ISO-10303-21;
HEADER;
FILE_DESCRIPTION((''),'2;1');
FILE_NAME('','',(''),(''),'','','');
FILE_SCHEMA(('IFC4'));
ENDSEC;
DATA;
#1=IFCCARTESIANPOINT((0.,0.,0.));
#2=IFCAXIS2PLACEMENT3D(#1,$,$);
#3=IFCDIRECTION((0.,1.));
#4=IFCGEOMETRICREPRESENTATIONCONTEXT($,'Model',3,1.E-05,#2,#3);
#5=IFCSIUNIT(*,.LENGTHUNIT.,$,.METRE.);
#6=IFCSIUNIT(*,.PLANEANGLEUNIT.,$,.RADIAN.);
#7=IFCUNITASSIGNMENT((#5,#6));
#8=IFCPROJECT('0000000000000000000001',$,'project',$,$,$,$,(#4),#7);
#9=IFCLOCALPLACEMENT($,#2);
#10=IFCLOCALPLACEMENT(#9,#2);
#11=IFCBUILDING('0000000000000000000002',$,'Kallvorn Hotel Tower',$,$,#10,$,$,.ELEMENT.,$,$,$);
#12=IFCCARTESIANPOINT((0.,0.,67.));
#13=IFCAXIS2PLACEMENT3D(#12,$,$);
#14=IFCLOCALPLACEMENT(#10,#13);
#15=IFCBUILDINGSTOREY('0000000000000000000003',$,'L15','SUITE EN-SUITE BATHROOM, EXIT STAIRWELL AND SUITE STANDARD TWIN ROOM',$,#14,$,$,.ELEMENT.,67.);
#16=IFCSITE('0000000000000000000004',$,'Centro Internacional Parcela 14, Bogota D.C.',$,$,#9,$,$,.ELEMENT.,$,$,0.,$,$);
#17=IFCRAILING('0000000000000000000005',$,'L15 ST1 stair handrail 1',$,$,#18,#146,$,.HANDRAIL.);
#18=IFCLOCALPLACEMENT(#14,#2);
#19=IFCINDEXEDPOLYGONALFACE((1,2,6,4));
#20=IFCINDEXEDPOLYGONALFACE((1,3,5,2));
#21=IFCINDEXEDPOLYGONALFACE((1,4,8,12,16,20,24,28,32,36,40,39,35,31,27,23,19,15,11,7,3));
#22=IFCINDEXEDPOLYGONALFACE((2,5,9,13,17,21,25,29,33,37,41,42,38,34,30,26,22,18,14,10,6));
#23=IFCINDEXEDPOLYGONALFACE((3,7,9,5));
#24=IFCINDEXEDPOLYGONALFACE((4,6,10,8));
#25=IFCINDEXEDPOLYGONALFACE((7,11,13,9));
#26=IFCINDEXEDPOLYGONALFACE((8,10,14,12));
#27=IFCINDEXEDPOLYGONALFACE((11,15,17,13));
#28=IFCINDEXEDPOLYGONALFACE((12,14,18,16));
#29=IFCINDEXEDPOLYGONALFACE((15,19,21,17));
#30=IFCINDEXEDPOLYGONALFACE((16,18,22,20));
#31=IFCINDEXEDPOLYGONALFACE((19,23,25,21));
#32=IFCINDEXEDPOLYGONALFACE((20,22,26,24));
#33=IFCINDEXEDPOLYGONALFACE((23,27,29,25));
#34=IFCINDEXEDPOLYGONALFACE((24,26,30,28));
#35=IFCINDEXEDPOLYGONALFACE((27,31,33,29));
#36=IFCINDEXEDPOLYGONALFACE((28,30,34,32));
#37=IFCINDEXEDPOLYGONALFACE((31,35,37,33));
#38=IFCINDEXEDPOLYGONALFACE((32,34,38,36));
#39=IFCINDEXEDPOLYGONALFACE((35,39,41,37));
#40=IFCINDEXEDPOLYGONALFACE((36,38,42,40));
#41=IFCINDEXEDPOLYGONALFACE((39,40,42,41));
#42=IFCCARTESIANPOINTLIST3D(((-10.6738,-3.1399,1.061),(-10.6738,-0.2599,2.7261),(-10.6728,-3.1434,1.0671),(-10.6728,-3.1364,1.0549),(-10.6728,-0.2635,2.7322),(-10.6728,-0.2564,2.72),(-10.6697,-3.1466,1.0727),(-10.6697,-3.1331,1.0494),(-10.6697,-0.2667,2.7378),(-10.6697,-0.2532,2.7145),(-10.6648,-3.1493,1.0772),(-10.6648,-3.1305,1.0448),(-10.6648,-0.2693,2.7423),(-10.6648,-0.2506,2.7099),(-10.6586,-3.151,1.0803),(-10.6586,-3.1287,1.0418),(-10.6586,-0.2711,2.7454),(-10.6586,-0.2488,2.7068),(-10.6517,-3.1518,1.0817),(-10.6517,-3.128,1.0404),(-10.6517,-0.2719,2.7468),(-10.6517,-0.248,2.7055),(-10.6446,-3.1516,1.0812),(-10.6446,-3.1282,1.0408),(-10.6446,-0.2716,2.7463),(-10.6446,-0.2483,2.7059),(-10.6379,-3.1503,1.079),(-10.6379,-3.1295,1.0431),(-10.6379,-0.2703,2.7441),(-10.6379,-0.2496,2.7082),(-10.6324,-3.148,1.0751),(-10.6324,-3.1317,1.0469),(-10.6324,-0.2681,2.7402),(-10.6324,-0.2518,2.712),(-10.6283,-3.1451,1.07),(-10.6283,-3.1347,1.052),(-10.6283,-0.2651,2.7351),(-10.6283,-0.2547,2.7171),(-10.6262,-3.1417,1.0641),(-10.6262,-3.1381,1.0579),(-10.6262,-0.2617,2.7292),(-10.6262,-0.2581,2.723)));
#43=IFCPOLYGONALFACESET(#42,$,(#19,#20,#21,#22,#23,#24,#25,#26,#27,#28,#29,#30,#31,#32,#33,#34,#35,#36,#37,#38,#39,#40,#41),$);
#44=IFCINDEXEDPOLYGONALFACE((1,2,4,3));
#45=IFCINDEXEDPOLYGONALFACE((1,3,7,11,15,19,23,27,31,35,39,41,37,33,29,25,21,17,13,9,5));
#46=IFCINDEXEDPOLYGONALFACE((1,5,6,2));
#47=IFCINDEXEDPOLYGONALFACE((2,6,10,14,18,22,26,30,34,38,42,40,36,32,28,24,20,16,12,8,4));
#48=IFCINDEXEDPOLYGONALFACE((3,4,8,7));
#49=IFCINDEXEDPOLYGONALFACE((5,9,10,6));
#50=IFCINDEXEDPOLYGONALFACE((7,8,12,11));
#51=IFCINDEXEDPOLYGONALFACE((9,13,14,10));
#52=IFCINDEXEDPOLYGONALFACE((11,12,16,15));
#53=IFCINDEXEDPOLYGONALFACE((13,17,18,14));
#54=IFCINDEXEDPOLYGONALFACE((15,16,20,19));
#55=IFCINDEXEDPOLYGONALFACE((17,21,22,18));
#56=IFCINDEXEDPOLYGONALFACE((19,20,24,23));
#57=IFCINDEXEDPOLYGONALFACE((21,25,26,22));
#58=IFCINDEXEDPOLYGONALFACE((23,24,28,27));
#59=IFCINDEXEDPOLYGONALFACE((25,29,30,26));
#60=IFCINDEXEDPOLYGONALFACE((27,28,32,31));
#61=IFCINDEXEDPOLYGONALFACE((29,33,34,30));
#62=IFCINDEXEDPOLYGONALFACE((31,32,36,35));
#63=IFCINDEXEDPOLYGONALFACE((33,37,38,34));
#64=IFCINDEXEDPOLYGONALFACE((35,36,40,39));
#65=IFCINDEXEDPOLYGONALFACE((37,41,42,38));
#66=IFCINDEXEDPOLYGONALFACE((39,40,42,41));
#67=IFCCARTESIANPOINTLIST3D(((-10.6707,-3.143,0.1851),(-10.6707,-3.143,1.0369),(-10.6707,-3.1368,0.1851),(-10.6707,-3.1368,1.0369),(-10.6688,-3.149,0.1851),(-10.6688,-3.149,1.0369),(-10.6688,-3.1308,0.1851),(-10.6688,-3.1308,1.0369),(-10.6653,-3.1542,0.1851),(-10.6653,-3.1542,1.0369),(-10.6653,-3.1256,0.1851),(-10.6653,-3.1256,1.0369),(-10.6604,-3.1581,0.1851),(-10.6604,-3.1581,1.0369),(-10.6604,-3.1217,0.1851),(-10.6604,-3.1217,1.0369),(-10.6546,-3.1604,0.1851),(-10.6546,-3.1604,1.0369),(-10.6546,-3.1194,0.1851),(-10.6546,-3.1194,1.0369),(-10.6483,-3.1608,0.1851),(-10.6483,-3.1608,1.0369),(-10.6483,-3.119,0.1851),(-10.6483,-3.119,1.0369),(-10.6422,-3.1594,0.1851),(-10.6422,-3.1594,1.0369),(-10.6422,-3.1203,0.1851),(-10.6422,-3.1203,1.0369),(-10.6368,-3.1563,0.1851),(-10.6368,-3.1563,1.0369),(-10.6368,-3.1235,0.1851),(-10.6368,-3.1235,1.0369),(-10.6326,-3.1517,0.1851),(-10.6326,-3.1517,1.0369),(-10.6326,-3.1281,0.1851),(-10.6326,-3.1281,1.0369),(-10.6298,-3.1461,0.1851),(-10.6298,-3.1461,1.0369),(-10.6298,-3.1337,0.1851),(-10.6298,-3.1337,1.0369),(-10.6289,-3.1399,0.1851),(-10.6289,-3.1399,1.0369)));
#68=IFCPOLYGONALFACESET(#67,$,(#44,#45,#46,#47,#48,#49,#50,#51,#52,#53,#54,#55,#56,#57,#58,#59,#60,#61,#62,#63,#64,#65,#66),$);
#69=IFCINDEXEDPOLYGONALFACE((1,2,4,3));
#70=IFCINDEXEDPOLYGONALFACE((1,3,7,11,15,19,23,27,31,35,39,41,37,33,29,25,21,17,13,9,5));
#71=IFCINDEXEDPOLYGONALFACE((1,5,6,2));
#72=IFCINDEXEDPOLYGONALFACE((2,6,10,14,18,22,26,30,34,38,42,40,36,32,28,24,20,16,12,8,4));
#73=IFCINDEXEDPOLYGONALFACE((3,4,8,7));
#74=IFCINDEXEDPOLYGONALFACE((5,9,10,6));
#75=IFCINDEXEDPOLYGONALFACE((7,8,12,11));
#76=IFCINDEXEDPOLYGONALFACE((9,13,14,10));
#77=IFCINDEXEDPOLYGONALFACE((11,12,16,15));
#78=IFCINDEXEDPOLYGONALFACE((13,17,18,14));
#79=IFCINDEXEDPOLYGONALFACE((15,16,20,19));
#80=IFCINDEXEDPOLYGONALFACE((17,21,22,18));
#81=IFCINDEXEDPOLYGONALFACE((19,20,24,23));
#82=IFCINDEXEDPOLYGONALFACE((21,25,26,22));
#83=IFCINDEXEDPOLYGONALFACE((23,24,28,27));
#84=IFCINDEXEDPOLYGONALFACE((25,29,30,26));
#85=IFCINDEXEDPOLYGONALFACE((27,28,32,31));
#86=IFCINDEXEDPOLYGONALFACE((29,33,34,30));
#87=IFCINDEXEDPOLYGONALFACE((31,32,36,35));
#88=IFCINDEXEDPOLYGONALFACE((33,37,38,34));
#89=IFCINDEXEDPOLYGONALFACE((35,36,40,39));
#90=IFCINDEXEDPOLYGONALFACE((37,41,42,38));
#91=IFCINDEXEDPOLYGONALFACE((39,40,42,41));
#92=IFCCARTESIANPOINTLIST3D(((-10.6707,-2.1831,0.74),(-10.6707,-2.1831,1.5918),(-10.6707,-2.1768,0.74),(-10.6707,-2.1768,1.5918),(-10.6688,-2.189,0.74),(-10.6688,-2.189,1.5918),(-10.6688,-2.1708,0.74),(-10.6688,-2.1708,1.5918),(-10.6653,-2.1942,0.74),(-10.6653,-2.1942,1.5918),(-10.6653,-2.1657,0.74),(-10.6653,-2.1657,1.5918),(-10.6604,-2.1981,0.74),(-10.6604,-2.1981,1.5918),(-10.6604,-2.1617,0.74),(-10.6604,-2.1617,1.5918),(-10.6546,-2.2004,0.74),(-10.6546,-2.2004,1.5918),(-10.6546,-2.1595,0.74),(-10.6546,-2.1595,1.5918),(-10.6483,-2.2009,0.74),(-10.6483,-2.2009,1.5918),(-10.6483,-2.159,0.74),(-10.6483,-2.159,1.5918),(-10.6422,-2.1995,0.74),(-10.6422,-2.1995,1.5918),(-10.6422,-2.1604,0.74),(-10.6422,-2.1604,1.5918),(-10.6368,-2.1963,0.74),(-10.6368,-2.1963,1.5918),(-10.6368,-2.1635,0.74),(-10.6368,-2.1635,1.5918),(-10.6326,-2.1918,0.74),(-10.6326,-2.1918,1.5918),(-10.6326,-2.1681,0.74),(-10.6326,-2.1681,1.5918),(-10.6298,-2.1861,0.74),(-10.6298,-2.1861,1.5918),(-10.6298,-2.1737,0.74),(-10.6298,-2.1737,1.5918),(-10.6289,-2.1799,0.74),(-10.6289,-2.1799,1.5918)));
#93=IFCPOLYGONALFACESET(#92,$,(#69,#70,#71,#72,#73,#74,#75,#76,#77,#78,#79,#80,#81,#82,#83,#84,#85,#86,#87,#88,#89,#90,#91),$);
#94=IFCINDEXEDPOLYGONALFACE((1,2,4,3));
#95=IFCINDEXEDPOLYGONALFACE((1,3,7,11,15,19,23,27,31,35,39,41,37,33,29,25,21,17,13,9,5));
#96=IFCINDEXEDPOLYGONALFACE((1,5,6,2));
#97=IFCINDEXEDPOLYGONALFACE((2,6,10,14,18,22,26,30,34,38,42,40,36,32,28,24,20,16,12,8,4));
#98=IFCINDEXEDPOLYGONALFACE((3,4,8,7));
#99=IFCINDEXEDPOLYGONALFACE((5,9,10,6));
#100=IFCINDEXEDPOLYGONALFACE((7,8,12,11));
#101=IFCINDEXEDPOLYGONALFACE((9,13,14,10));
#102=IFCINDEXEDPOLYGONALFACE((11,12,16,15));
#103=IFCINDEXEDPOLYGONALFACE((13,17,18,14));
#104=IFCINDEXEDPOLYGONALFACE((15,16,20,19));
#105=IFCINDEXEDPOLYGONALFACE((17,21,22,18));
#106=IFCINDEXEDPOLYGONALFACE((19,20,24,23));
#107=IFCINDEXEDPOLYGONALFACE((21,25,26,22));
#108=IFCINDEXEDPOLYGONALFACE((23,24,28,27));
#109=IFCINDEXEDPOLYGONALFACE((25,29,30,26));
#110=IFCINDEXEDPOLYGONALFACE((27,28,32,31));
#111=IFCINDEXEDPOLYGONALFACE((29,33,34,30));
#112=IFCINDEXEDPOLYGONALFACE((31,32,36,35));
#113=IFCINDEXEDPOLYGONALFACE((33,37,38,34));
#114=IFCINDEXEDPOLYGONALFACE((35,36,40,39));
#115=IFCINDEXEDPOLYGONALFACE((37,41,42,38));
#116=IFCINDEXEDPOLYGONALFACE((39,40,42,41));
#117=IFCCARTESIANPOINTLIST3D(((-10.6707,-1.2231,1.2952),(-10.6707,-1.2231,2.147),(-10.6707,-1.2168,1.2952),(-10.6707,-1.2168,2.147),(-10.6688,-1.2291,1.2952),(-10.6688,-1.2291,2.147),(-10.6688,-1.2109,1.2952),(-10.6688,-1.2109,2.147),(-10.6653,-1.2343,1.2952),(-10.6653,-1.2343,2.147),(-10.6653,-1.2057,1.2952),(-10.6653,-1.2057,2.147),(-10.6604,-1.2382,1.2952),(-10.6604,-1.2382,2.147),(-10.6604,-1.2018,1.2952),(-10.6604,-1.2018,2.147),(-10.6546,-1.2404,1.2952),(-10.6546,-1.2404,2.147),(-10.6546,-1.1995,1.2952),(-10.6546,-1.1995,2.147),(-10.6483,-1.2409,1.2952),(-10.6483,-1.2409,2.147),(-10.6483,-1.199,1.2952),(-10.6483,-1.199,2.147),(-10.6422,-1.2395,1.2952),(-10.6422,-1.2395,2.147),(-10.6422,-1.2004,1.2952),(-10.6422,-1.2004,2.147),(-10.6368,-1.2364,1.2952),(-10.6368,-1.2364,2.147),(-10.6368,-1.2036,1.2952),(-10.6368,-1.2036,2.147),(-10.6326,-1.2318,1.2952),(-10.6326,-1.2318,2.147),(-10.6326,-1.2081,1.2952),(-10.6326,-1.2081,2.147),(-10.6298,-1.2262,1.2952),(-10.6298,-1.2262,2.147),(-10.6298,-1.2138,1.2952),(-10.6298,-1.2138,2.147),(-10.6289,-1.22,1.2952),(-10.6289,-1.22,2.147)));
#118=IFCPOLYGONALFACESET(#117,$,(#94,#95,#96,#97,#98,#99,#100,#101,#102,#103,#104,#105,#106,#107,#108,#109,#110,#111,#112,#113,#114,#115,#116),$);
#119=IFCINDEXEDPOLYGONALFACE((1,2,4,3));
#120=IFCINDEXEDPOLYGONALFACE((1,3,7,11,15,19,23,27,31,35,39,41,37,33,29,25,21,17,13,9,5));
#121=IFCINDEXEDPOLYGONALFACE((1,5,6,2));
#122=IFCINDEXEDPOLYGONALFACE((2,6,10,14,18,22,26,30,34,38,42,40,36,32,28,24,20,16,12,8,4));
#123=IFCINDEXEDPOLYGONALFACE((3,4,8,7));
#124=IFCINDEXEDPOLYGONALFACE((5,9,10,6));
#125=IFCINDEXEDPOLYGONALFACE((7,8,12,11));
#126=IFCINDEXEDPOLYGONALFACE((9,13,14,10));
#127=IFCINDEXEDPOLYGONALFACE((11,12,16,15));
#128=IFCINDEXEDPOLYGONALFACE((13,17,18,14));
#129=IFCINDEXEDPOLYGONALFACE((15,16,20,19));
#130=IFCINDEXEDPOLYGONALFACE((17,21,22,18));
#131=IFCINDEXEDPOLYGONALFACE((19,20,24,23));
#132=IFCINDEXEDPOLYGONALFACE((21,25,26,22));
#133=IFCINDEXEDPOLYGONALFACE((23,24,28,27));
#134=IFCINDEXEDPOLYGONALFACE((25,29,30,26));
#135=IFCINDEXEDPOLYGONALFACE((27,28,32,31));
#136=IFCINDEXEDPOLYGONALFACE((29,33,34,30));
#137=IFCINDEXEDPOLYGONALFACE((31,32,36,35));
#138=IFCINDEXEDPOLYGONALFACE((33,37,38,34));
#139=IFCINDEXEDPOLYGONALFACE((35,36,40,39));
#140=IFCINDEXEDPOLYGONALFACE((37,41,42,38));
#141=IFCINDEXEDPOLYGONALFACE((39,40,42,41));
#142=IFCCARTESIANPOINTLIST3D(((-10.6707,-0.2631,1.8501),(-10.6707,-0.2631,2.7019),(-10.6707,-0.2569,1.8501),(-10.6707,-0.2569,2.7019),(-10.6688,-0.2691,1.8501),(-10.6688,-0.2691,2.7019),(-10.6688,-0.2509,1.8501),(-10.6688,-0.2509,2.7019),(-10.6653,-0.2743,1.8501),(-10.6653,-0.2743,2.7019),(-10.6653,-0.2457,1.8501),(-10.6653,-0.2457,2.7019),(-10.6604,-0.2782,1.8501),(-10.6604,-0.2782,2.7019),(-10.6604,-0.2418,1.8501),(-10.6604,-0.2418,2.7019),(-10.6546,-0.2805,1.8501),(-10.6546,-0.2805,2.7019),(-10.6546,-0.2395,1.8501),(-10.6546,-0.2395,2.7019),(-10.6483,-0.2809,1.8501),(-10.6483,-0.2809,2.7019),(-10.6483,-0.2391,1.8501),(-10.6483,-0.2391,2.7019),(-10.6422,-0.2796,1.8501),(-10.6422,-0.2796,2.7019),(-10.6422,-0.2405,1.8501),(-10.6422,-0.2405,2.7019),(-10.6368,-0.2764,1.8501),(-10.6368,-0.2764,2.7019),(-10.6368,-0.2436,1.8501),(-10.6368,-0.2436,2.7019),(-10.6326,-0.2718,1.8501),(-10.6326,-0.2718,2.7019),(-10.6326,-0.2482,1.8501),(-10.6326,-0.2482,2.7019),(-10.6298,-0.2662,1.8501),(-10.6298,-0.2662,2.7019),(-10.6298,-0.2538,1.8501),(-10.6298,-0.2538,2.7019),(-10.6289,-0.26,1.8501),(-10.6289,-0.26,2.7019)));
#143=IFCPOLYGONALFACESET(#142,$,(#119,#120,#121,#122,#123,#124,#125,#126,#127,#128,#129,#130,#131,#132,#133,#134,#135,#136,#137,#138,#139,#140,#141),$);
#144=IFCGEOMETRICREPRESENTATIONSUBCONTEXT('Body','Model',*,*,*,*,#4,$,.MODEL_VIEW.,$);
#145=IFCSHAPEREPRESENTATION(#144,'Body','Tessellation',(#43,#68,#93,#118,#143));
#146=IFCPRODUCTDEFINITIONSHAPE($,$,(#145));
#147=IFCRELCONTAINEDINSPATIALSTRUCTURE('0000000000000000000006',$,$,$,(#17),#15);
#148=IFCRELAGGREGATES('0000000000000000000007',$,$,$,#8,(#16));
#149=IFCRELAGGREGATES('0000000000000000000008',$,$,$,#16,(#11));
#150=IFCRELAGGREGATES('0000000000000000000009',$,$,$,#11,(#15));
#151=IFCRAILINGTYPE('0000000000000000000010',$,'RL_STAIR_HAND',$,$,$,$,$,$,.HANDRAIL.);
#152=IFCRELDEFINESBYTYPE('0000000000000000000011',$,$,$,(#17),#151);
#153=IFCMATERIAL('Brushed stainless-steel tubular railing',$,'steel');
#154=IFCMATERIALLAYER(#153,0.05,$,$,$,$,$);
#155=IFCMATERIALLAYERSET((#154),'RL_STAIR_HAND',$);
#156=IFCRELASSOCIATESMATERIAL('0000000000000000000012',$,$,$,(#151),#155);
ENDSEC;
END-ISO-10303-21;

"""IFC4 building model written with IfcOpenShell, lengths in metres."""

from ifc_helpers import new_model, si_unit, direction, frame, origin, origin_2d, place, context, subcontext, project, spatial, circle, extrude, material, layer, layer_set, type_object, element, save


model = new_model("IFC4")

# Units and contexts
model_context = context("Model", 3, precision=1e-05, world=origin(), true_north=direction((0.0, 1.0)))
body_context = subcontext(model_context, "Body", "Model", "MODEL_VIEW")
ifc_project = project(units=[si_unit("LENGTHUNIT", "METRE"), si_unit("PLANEANGLEUNIT", "RADIAN")], contexts=[model_context])

# Site, building, storey
site_placement = place(None, origin())
site = spatial("IfcSite", under=ifc_project, at=site_placement, Name="Centro Internacional Parcela 14, Bogota D.C.", CompositionType="ELEMENT", RefElevation=0.0)
building_placement = place(site_placement, origin())
building = spatial("IfcBuilding", under=site, at=building_placement, Name="Kallvorn Hotel Tower", CompositionType="ELEMENT")
storey_placement = place(building_placement, frame((0.0, 0.0, 67.0)))
storey = spatial("IfcBuildingStorey", under=building, at=storey_placement, Name="L15", Description="SUITE EN-SUITE BATHROOM, EXIT STAIRWELL AND SUITE STANDARD TWIN ROOM", CompositionType="ELEMENT", Elevation=67.0)

# Railing
ifc_material_1 = material(Name="Brushed stainless-steel tubular railing", Category="steel")
ifc_layer_1 = layer(ifc_material_1, 0.05)
ifc_layer_set_1 = layer_set([ifc_layer_1], Name="RL_STAIR_HAND")
railing_type_1 = type_object("IfcRailingType", Name="RL_STAIR_HAND", PredefinedType="HANDRAIL", material=ifc_layer_set_1)
railing_1_placement = place(storey_placement, frame((-10.6499, -3.1399, 0.1851)))
element("IfcRailing", 1, at=railing_1_placement, inside=storey, type_object=railing_type_1, Name="L15 ST1 stair handrail 1", PredefinedType="HANDRAIL", context=body_context, shape_type="SweptSolid", body=[
    extrude(circle(Radius=0.0239, at=origin_2d()), frame((0.0, 0.0, 0.876), z_axis=(0.0, 0.865721, 0.500527), x_axis=(-1.0, 0.0, 0.0)), (0.0, 0.0, 1.0), 3.3267),
    extrude(circle(Radius=0.021, at=origin_2d()), origin(), (0.0, 0.0, 1.0), 0.8518),
    extrude(circle(Radius=0.021, at=origin_2d()), frame((0.0, 0.96, 0.5549)), (0.0, 0.0, 1.0), 0.8518),
    extrude(circle(Radius=0.021, at=origin_2d()), frame((0.0, 1.9199, 1.1101)), (0.0, 0.0, 1.0), 0.8518),
    extrude(circle(Radius=0.021, at=origin_2d()), frame((0.0, 2.8799, 1.665)), (0.0, 0.0, 1.0), 0.8518),
])

save(model, "model.ifc")
